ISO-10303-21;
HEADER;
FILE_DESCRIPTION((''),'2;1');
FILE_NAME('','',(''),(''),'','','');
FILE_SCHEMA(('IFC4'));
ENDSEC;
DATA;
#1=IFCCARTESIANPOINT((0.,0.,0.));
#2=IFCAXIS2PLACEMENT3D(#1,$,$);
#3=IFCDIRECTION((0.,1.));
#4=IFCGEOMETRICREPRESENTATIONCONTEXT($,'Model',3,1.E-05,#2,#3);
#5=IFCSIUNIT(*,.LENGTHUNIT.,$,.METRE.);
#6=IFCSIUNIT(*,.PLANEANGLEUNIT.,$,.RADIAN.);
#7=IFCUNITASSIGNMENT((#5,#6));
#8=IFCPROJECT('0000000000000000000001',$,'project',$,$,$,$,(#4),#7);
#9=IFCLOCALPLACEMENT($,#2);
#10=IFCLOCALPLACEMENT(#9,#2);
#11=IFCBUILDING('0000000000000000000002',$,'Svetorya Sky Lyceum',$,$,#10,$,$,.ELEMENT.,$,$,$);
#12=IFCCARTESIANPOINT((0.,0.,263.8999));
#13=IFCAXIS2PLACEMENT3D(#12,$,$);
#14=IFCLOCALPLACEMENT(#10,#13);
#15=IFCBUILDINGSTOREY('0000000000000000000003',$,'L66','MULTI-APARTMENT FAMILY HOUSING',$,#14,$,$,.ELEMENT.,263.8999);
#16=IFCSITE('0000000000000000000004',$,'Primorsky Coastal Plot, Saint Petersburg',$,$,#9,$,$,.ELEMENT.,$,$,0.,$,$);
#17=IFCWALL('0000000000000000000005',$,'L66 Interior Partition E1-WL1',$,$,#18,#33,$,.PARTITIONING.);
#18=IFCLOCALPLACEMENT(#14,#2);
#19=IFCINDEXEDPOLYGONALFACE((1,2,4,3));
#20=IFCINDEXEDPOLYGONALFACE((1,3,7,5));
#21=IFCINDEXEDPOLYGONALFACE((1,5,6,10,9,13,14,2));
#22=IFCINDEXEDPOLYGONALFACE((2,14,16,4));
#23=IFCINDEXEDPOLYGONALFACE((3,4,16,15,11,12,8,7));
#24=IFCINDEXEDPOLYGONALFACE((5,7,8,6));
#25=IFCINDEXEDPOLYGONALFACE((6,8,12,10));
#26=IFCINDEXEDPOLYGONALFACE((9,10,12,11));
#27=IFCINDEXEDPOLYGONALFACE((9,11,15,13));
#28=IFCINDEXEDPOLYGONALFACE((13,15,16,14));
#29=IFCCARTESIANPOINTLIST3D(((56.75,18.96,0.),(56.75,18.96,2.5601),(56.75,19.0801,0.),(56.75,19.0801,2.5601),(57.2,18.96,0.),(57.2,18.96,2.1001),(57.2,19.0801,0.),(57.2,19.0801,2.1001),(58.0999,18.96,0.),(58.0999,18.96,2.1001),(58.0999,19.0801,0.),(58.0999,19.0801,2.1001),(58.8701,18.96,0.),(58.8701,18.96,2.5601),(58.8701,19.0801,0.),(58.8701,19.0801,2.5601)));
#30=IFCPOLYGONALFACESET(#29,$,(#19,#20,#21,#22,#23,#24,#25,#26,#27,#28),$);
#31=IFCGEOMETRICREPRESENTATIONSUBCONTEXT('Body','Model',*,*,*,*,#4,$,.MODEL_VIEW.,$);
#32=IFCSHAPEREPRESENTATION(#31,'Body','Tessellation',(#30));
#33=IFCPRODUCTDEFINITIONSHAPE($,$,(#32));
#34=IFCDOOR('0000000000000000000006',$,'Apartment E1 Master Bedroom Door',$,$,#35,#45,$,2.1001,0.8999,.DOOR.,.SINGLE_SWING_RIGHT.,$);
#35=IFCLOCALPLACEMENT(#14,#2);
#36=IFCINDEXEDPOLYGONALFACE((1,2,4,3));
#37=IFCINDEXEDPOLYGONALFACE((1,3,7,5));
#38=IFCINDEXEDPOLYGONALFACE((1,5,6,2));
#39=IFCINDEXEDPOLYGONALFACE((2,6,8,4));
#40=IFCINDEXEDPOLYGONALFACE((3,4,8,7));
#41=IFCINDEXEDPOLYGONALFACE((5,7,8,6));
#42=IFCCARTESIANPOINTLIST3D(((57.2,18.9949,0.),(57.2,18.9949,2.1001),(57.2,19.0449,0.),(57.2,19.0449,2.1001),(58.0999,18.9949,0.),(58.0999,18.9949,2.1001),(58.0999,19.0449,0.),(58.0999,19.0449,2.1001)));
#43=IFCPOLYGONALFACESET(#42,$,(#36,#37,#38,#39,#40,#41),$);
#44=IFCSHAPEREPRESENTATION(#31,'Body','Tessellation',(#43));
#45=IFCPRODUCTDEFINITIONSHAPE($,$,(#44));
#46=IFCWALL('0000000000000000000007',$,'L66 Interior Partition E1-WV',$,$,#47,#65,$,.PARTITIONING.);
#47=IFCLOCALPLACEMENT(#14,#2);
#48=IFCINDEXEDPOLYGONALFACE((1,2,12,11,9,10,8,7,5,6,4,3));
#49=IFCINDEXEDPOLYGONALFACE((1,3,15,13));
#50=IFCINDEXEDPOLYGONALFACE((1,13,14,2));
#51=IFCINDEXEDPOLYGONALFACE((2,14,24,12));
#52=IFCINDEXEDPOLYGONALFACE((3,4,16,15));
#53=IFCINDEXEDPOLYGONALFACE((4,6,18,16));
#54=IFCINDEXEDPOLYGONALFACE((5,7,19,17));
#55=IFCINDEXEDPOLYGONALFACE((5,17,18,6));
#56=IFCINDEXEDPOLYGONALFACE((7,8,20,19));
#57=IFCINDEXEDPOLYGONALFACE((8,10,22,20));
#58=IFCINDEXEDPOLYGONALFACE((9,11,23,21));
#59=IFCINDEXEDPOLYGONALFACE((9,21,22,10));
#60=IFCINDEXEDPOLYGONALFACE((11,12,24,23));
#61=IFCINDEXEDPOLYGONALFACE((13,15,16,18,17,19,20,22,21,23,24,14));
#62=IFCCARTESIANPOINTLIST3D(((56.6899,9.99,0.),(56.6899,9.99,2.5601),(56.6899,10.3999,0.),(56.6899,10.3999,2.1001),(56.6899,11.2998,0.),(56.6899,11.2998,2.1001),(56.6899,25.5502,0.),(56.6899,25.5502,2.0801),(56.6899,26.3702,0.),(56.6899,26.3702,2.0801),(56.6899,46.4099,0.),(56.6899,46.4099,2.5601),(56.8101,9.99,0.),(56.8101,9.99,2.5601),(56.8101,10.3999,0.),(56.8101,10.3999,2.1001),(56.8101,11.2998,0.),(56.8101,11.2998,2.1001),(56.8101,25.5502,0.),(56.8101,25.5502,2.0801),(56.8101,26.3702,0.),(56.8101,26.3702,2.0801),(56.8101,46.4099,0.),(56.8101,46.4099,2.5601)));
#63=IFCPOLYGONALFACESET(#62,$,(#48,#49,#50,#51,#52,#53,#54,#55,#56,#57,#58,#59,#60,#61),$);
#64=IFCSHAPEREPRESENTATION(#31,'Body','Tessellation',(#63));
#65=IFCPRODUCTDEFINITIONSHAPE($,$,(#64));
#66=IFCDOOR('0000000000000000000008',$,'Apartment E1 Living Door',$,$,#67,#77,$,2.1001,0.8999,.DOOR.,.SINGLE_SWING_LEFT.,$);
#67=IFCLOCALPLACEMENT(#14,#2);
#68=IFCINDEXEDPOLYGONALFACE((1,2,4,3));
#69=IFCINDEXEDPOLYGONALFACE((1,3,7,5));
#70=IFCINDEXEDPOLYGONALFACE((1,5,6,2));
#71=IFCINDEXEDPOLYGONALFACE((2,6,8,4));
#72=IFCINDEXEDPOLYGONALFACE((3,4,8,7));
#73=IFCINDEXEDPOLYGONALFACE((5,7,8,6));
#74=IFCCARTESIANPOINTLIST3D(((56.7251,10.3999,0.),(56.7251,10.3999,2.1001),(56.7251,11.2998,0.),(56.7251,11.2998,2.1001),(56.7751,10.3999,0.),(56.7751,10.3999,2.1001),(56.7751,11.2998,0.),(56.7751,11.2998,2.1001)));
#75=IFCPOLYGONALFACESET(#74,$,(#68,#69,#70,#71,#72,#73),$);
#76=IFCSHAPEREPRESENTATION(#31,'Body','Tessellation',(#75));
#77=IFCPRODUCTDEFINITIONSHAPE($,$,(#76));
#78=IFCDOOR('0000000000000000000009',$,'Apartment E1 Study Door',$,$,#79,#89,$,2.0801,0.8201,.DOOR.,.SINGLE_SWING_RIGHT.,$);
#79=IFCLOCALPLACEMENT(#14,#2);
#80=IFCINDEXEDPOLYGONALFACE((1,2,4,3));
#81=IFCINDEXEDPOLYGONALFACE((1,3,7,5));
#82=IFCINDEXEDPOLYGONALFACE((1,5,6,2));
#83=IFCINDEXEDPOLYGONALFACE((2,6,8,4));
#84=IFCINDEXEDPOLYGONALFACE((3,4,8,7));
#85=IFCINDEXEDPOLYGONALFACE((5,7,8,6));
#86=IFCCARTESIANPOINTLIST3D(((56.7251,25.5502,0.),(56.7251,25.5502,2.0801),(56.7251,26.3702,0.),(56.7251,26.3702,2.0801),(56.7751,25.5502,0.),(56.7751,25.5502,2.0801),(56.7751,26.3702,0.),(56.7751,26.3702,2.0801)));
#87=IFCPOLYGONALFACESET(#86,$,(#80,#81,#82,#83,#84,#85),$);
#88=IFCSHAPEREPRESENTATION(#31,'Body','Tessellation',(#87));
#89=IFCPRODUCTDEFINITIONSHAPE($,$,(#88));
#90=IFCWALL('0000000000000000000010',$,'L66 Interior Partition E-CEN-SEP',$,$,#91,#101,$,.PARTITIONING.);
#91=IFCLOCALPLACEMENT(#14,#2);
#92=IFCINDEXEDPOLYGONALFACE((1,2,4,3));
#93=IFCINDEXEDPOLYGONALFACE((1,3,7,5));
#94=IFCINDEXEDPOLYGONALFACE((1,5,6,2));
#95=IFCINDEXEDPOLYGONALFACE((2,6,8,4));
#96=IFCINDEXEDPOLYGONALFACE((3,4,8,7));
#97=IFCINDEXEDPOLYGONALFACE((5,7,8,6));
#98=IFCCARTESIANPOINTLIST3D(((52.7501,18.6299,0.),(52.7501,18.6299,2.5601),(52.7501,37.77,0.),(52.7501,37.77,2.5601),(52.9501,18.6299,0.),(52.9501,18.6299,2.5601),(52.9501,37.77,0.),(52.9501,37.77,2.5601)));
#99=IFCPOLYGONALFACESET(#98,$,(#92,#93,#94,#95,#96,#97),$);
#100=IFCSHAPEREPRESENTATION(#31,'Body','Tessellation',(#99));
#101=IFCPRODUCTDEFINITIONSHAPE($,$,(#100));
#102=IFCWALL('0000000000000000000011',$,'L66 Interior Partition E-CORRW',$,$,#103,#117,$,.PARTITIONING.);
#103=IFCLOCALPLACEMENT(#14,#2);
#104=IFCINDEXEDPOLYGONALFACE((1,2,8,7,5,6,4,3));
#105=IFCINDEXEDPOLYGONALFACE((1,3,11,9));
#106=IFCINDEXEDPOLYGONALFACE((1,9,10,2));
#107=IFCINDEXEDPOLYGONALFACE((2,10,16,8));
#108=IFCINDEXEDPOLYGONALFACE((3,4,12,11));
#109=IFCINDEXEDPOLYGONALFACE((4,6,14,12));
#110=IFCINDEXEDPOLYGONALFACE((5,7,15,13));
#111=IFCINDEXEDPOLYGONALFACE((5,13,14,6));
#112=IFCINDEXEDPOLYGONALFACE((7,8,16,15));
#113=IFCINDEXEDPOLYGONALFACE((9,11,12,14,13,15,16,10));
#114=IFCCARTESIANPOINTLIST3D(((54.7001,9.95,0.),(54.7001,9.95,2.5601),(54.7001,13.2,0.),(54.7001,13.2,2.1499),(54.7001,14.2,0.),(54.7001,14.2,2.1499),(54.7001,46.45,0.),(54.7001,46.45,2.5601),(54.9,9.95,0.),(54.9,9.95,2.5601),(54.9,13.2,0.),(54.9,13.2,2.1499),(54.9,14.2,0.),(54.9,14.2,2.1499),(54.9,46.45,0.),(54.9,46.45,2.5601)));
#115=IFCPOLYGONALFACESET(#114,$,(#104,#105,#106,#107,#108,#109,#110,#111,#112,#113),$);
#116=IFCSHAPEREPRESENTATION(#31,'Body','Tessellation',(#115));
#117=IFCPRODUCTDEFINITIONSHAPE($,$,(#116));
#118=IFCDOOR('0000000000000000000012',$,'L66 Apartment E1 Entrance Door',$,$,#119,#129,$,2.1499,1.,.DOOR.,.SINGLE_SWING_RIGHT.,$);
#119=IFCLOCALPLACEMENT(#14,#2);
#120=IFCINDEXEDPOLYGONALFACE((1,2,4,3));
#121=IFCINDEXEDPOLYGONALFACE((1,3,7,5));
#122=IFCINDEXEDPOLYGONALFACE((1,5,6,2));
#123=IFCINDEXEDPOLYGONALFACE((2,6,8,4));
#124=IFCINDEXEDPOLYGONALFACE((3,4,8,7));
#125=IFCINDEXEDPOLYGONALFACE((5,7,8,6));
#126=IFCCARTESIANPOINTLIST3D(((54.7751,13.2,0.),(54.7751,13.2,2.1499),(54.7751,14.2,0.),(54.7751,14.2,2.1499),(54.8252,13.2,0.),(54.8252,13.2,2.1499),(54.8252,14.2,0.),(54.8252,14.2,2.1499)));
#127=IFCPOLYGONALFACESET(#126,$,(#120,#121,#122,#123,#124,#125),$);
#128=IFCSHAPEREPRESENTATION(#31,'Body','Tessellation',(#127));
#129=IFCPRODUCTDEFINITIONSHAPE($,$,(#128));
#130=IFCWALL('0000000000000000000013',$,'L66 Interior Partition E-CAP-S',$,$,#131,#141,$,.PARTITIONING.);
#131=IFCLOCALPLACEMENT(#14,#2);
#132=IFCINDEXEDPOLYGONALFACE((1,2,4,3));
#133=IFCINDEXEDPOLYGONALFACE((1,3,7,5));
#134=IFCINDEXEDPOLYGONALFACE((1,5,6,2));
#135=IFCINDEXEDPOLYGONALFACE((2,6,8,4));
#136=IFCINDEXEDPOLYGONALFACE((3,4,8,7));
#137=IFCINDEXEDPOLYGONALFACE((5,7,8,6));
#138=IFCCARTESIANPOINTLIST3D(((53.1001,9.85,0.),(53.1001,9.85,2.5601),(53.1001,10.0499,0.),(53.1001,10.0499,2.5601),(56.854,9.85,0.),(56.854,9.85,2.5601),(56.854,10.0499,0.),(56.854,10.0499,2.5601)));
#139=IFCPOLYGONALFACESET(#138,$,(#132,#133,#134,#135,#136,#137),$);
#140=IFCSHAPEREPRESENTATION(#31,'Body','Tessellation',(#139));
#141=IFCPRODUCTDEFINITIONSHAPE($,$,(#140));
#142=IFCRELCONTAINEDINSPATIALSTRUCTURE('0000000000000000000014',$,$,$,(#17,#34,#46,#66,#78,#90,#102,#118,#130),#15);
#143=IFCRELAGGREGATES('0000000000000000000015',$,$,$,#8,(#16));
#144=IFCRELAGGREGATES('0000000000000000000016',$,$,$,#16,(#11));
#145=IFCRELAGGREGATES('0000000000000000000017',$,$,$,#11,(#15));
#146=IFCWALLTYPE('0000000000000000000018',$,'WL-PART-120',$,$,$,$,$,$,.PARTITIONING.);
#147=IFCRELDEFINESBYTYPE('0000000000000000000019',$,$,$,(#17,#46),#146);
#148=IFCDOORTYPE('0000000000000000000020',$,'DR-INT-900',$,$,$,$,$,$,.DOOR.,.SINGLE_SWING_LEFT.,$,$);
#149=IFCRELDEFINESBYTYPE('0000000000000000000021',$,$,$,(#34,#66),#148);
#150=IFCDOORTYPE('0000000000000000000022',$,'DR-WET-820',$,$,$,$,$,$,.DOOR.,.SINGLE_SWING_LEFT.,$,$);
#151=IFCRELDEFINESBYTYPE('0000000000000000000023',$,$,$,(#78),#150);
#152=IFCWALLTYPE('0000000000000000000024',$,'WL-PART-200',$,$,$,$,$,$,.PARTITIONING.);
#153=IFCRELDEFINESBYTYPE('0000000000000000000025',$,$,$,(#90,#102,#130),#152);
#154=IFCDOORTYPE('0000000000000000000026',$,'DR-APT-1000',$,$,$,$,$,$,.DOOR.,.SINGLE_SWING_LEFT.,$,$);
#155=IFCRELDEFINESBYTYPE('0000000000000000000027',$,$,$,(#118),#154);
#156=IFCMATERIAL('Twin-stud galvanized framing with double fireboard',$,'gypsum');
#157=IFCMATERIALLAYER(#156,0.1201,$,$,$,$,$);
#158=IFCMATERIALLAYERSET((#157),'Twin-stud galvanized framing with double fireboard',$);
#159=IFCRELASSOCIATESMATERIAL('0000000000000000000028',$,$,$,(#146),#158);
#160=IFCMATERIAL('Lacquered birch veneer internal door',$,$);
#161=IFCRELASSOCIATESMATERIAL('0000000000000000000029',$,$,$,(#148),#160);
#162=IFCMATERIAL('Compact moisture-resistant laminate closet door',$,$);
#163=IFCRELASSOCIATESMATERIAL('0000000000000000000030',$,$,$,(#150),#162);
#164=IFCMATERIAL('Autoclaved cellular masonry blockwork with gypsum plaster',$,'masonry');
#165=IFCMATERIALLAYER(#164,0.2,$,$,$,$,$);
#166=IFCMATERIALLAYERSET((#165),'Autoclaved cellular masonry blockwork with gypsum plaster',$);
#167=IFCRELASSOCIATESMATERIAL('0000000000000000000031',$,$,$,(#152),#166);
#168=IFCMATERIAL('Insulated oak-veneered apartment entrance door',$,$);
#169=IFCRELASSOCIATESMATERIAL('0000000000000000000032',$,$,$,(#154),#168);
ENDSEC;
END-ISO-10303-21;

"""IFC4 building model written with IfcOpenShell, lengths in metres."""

from ifc_helpers import new_model, si_unit, direction, frame, frame_2d, origin, place, context, subcontext, project, spatial, rectangle, extrude, material, layer, layer_set, type_object, element, fill, save


model = new_model("IFC4")

# Units and contexts
model_context = context("Model", 3, precision=1e-05, world=origin(), true_north=direction((0.0, 1.0)))
body_context = subcontext(model_context, "Body", "Model", "MODEL_VIEW")
ifc_project = project(units=[si_unit("LENGTHUNIT", "METRE"), si_unit("PLANEANGLEUNIT", "RADIAN")], contexts=[model_context])

# Site, building, storey
site_placement = place(None, origin())
site = spatial("IfcSite", under=ifc_project, at=site_placement, Name="Primorsky Coastal Plot, Saint Petersburg", CompositionType="ELEMENT", RefElevation=0.0)
building_placement = place(site_placement, origin())
building = spatial("IfcBuilding", under=site, at=building_placement, Name="Svetorya Sky Lyceum", CompositionType="ELEMENT")
storey_placement = place(building_placement, frame((0.0, 0.0, 263.8999)))
storey = spatial("IfcBuildingStorey", under=building, at=storey_placement, Name="L66", Description="MULTI-APARTMENT FAMILY HOUSING", CompositionType="ELEMENT", Elevation=263.8999)

# Shared definitions
ifc_material_1 = material(Name="Twin-stud galvanized framing with double fireboard", Category="gypsum")
ifc_layer_1 = layer(ifc_material_1, 0.1201)
ifc_layer_set_1 = layer_set([ifc_layer_1], Name="Twin-stud galvanized framing with double fireboard")
wall_type_1 = type_object("IfcWallType", Name="WL-PART-120", PredefinedType="PARTITIONING", material=ifc_layer_set_1)

# Wall, opening, door
wall_1_placement = place(storey_placement, frame((56.75, 19.02, 0.0), z_axis=(0.0, 0.0, 1.0), x_axis=(1.0, 0.0, 0.0)))
wall_1 = element("IfcWall", 1, at=wall_1_placement, inside=storey, type_object=wall_type_1, Name="L66 Interior Partition E1-WL1", PredefinedType="PARTITIONING", context=body_context, shape_type="SweptSolid", body=[
    extrude(rectangle(XDim=2.1201, YDim=0.1201, at=frame_2d((1.0601, 0.0))), origin(), (0.0, 0.0, 1.0), 2.5601),
])
opening_1_placement = place(wall_1_placement, frame((0.45, 0.0, 0.0)))
opening_1 = element("IfcOpeningElement", 2, at=opening_1_placement, cuts=wall_1, PredefinedType="OPENING", context=body_context, shape_type="SweptSolid", body=[
    extrude(rectangle(XDim=0.8999, YDim=2.1001, at=frame_2d((0.45, 1.05))), frame((0.0, 0.0701, 0.0), z_axis=(0.0, -1.0, 0.0), x_axis=(1.0, 0.0, 0.0)), (0.0, 0.0, 1.0), 0.1401),
])
ifc_material_2 = material(Name="Lacquered birch veneer internal door")
door_type_1 = type_object("IfcDoorType", Name="DR-INT-900", OperationType="SINGLE_SWING_LEFT", PredefinedType="DOOR", material=ifc_material_2)
door_1_placement = place(opening_1_placement, origin())
door_1 = element("IfcDoor", 3, at=door_1_placement, inside=storey, type_object=door_type_1, Name="Apartment E1 Master Bedroom Door", OperationType="SINGLE_SWING_RIGHT", OverallHeight=2.1001, OverallWidth=0.8999, PredefinedType="DOOR", context=body_context, shape_type="SweptSolid", body=[
    extrude(rectangle(XDim=0.8999, YDim=2.1001, at=frame_2d((0.45, 1.05))), frame((0.0, 0.0249, 0.0), z_axis=(0.0, -1.0, 0.0), x_axis=(1.0, 0.0, 0.0)), (0.0, 0.0, 1.0), 0.05),
])
fill(opening_1, door_1)

# Wall, openings, doors
wall_2_placement = place(storey_placement, frame((56.75, 9.99, 0.0), z_axis=(0.0, 0.0, 1.0), x_axis=(0.0, 1.0, 0.0)))
wall_2 = element("IfcWall", 4, at=wall_2_placement, inside=storey, type_object=wall_type_1, Name="L66 Interior Partition E1-WV", PredefinedType="PARTITIONING", context=body_context, shape_type="SweptSolid", body=[
    extrude(rectangle(XDim=36.4199, YDim=0.1201, at=frame_2d((18.21, 0.0))), origin(), (0.0, 0.0, 1.0), 2.5601),
])
opening_2_placement = place(wall_2_placement, frame((0.4099, 0.0, 0.0)))
opening_2 = element("IfcOpeningElement", 5, at=opening_2_placement, cuts=wall_2, PredefinedType="OPENING", context=body_context, shape_type="SweptSolid", body=[
    extrude(rectangle(XDim=0.8999, YDim=2.1001, at=frame_2d((0.45, 1.05))), frame((0.0, 0.0701, 0.0), z_axis=(0.0, -1.0, 0.0), x_axis=(1.0, 0.0, 0.0)), (0.0, 0.0, 1.0), 0.1401),
])
opening_3_placement = place(wall_2_placement, frame((15.5601, 0.0, 0.0)))
opening_3 = element("IfcOpeningElement", 6, at=opening_3_placement, cuts=wall_2, PredefinedType="OPENING", context=body_context, shape_type="SweptSolid", body=[
    extrude(rectangle(XDim=0.8201, YDim=2.0801, at=frame_2d((0.4102, 1.04))), frame((0.0, 0.0701, 0.0), z_axis=(0.0, -1.0, 0.0), x_axis=(1.0, 0.0, 0.0)), (0.0, 0.0, 1.0), 0.1401),
])
door_2_placement = place(opening_2_placement, origin())
door_2 = element("IfcDoor", 7, at=door_2_placement, inside=storey, type_object=door_type_1, Name="Apartment E1 Living Door", OperationType="SINGLE_SWING_LEFT", OverallHeight=2.1001, OverallWidth=0.8999, PredefinedType="DOOR", context=body_context, shape_type="SweptSolid", body=[
    extrude(rectangle(XDim=0.8999, YDim=2.1001, at=frame_2d((0.45, 1.05))), frame((0.0, 0.0249, 0.0), z_axis=(0.0, -1.0, 0.0), x_axis=(1.0, 0.0, 0.0)), (0.0, 0.0, 1.0), 0.05),
])
fill(opening_2, door_2)
ifc_material_3 = material(Name="Compact moisture-resistant laminate closet door")
door_type_2 = type_object("IfcDoorType", Name="DR-WET-820", OperationType="SINGLE_SWING_LEFT", PredefinedType="DOOR", material=ifc_material_3)
door_3_placement = place(opening_3_placement, origin())
door_3 = element("IfcDoor", 8, at=door_3_placement, inside=storey, type_object=door_type_2, Name="Apartment E1 Study Door", OperationType="SINGLE_SWING_RIGHT", OverallHeight=2.0801, OverallWidth=0.8201, PredefinedType="DOOR", context=body_context, shape_type="SweptSolid", body=[
    extrude(rectangle(XDim=0.8201, YDim=2.0801, at=frame_2d((0.4102, 1.04))), frame((0.0, 0.0249, 0.0), z_axis=(0.0, -1.0, 0.0), x_axis=(1.0, 0.0, 0.0)), (0.0, 0.0, 1.0), 0.05),
])
fill(opening_3, door_3)

# Wall
ifc_material_4 = material(Name="Autoclaved cellular masonry blockwork with gypsum plaster", Category="masonry")
ifc_layer_2 = layer(ifc_material_4, 0.2)
ifc_layer_set_2 = layer_set([ifc_layer_2], Name="Autoclaved cellular masonry blockwork with gypsum plaster")
wall_type_2 = type_object("IfcWallType", Name="WL-PART-200", PredefinedType="PARTITIONING", material=ifc_layer_set_2)
wall_3_placement = place(storey_placement, frame((52.8501, 18.6299, 0.0), z_axis=(0.0, 0.0, 1.0), x_axis=(0.0, 1.0, 0.0)))
element("IfcWall", 9, at=wall_3_placement, inside=storey, type_object=wall_type_2, Name="L66 Interior Partition E-CEN-SEP", PredefinedType="PARTITIONING", context=body_context, shape_type="SweptSolid", body=[
    extrude(rectangle(XDim=19.1401, YDim=0.2, at=frame_2d((9.5701, 0.0))), origin(), (0.0, 0.0, 1.0), 2.5601),
])

# Wall, opening, door
wall_4_placement = place(storey_placement, frame((54.8, 9.95, 0.0), z_axis=(0.0, 0.0, 1.0), x_axis=(0.0, 1.0, 0.0)))
wall_4 = element("IfcWall", 10, at=wall_4_placement, inside=storey, type_object=wall_type_2, Name="L66 Interior Partition E-CORRW", PredefinedType="PARTITIONING", context=body_context, shape_type="SweptSolid", body=[
    extrude(rectangle(XDim=36.5, YDim=0.2, at=frame_2d((18.25, 0.0))), origin(), (0.0, 0.0, 1.0), 2.5601),
])
opening_4_placement = place(wall_4_placement, frame((3.25, 0.0, 0.0)))
opening_4 = element("IfcOpeningElement", 11, at=opening_4_placement, cuts=wall_4, PredefinedType="OPENING", context=body_context, shape_type="SweptSolid", body=[
    extrude(rectangle(XDim=1.0, YDim=2.1499, at=frame_2d((0.5, 1.075))), frame((0.0, 0.1099, 0.0), z_axis=(0.0, -1.0, 0.0), x_axis=(1.0, 0.0, 0.0)), (0.0, 0.0, 1.0), 0.22),
])
ifc_material_5 = material(Name="Insulated oak-veneered apartment entrance door")
door_type_3 = type_object("IfcDoorType", Name="DR-APT-1000", OperationType="SINGLE_SWING_LEFT", PredefinedType="DOOR", material=ifc_material_5)
door_4_placement = place(opening_4_placement, origin())
door_4 = element("IfcDoor", 12, at=door_4_placement, inside=storey, type_object=door_type_3, Name="L66 Apartment E1 Entrance Door", OperationType="SINGLE_SWING_RIGHT", OverallHeight=2.1499, OverallWidth=1.0, PredefinedType="DOOR", context=body_context, shape_type="SweptSolid", body=[
    extrude(rectangle(XDim=1.0, YDim=2.1499, at=frame_2d((0.5, 1.075))), frame((0.0, 0.0249, 0.0), z_axis=(0.0, -1.0, 0.0), x_axis=(1.0, 0.0, 0.0)), (0.0, 0.0, 1.0), 0.05),
])
fill(opening_4, door_4)

# Wall
wall_5_placement = place(storey_placement, frame((53.1001, 9.95, 0.0), z_axis=(0.0, 0.0, 1.0), x_axis=(1.0, 0.0, 0.0)))
element("IfcWall", 13, at=wall_5_placement, inside=storey, type_object=wall_type_2, Name="L66 Interior Partition E-CAP-S", PredefinedType="PARTITIONING", context=body_context, shape_type="SweptSolid", body=[
    extrude(rectangle(XDim=3.7539, YDim=0.2, at=frame_2d((1.877, 0.0))), origin(), (0.0, 0.0, 1.0), 2.5601),
])

save(model, "model.ifc")
